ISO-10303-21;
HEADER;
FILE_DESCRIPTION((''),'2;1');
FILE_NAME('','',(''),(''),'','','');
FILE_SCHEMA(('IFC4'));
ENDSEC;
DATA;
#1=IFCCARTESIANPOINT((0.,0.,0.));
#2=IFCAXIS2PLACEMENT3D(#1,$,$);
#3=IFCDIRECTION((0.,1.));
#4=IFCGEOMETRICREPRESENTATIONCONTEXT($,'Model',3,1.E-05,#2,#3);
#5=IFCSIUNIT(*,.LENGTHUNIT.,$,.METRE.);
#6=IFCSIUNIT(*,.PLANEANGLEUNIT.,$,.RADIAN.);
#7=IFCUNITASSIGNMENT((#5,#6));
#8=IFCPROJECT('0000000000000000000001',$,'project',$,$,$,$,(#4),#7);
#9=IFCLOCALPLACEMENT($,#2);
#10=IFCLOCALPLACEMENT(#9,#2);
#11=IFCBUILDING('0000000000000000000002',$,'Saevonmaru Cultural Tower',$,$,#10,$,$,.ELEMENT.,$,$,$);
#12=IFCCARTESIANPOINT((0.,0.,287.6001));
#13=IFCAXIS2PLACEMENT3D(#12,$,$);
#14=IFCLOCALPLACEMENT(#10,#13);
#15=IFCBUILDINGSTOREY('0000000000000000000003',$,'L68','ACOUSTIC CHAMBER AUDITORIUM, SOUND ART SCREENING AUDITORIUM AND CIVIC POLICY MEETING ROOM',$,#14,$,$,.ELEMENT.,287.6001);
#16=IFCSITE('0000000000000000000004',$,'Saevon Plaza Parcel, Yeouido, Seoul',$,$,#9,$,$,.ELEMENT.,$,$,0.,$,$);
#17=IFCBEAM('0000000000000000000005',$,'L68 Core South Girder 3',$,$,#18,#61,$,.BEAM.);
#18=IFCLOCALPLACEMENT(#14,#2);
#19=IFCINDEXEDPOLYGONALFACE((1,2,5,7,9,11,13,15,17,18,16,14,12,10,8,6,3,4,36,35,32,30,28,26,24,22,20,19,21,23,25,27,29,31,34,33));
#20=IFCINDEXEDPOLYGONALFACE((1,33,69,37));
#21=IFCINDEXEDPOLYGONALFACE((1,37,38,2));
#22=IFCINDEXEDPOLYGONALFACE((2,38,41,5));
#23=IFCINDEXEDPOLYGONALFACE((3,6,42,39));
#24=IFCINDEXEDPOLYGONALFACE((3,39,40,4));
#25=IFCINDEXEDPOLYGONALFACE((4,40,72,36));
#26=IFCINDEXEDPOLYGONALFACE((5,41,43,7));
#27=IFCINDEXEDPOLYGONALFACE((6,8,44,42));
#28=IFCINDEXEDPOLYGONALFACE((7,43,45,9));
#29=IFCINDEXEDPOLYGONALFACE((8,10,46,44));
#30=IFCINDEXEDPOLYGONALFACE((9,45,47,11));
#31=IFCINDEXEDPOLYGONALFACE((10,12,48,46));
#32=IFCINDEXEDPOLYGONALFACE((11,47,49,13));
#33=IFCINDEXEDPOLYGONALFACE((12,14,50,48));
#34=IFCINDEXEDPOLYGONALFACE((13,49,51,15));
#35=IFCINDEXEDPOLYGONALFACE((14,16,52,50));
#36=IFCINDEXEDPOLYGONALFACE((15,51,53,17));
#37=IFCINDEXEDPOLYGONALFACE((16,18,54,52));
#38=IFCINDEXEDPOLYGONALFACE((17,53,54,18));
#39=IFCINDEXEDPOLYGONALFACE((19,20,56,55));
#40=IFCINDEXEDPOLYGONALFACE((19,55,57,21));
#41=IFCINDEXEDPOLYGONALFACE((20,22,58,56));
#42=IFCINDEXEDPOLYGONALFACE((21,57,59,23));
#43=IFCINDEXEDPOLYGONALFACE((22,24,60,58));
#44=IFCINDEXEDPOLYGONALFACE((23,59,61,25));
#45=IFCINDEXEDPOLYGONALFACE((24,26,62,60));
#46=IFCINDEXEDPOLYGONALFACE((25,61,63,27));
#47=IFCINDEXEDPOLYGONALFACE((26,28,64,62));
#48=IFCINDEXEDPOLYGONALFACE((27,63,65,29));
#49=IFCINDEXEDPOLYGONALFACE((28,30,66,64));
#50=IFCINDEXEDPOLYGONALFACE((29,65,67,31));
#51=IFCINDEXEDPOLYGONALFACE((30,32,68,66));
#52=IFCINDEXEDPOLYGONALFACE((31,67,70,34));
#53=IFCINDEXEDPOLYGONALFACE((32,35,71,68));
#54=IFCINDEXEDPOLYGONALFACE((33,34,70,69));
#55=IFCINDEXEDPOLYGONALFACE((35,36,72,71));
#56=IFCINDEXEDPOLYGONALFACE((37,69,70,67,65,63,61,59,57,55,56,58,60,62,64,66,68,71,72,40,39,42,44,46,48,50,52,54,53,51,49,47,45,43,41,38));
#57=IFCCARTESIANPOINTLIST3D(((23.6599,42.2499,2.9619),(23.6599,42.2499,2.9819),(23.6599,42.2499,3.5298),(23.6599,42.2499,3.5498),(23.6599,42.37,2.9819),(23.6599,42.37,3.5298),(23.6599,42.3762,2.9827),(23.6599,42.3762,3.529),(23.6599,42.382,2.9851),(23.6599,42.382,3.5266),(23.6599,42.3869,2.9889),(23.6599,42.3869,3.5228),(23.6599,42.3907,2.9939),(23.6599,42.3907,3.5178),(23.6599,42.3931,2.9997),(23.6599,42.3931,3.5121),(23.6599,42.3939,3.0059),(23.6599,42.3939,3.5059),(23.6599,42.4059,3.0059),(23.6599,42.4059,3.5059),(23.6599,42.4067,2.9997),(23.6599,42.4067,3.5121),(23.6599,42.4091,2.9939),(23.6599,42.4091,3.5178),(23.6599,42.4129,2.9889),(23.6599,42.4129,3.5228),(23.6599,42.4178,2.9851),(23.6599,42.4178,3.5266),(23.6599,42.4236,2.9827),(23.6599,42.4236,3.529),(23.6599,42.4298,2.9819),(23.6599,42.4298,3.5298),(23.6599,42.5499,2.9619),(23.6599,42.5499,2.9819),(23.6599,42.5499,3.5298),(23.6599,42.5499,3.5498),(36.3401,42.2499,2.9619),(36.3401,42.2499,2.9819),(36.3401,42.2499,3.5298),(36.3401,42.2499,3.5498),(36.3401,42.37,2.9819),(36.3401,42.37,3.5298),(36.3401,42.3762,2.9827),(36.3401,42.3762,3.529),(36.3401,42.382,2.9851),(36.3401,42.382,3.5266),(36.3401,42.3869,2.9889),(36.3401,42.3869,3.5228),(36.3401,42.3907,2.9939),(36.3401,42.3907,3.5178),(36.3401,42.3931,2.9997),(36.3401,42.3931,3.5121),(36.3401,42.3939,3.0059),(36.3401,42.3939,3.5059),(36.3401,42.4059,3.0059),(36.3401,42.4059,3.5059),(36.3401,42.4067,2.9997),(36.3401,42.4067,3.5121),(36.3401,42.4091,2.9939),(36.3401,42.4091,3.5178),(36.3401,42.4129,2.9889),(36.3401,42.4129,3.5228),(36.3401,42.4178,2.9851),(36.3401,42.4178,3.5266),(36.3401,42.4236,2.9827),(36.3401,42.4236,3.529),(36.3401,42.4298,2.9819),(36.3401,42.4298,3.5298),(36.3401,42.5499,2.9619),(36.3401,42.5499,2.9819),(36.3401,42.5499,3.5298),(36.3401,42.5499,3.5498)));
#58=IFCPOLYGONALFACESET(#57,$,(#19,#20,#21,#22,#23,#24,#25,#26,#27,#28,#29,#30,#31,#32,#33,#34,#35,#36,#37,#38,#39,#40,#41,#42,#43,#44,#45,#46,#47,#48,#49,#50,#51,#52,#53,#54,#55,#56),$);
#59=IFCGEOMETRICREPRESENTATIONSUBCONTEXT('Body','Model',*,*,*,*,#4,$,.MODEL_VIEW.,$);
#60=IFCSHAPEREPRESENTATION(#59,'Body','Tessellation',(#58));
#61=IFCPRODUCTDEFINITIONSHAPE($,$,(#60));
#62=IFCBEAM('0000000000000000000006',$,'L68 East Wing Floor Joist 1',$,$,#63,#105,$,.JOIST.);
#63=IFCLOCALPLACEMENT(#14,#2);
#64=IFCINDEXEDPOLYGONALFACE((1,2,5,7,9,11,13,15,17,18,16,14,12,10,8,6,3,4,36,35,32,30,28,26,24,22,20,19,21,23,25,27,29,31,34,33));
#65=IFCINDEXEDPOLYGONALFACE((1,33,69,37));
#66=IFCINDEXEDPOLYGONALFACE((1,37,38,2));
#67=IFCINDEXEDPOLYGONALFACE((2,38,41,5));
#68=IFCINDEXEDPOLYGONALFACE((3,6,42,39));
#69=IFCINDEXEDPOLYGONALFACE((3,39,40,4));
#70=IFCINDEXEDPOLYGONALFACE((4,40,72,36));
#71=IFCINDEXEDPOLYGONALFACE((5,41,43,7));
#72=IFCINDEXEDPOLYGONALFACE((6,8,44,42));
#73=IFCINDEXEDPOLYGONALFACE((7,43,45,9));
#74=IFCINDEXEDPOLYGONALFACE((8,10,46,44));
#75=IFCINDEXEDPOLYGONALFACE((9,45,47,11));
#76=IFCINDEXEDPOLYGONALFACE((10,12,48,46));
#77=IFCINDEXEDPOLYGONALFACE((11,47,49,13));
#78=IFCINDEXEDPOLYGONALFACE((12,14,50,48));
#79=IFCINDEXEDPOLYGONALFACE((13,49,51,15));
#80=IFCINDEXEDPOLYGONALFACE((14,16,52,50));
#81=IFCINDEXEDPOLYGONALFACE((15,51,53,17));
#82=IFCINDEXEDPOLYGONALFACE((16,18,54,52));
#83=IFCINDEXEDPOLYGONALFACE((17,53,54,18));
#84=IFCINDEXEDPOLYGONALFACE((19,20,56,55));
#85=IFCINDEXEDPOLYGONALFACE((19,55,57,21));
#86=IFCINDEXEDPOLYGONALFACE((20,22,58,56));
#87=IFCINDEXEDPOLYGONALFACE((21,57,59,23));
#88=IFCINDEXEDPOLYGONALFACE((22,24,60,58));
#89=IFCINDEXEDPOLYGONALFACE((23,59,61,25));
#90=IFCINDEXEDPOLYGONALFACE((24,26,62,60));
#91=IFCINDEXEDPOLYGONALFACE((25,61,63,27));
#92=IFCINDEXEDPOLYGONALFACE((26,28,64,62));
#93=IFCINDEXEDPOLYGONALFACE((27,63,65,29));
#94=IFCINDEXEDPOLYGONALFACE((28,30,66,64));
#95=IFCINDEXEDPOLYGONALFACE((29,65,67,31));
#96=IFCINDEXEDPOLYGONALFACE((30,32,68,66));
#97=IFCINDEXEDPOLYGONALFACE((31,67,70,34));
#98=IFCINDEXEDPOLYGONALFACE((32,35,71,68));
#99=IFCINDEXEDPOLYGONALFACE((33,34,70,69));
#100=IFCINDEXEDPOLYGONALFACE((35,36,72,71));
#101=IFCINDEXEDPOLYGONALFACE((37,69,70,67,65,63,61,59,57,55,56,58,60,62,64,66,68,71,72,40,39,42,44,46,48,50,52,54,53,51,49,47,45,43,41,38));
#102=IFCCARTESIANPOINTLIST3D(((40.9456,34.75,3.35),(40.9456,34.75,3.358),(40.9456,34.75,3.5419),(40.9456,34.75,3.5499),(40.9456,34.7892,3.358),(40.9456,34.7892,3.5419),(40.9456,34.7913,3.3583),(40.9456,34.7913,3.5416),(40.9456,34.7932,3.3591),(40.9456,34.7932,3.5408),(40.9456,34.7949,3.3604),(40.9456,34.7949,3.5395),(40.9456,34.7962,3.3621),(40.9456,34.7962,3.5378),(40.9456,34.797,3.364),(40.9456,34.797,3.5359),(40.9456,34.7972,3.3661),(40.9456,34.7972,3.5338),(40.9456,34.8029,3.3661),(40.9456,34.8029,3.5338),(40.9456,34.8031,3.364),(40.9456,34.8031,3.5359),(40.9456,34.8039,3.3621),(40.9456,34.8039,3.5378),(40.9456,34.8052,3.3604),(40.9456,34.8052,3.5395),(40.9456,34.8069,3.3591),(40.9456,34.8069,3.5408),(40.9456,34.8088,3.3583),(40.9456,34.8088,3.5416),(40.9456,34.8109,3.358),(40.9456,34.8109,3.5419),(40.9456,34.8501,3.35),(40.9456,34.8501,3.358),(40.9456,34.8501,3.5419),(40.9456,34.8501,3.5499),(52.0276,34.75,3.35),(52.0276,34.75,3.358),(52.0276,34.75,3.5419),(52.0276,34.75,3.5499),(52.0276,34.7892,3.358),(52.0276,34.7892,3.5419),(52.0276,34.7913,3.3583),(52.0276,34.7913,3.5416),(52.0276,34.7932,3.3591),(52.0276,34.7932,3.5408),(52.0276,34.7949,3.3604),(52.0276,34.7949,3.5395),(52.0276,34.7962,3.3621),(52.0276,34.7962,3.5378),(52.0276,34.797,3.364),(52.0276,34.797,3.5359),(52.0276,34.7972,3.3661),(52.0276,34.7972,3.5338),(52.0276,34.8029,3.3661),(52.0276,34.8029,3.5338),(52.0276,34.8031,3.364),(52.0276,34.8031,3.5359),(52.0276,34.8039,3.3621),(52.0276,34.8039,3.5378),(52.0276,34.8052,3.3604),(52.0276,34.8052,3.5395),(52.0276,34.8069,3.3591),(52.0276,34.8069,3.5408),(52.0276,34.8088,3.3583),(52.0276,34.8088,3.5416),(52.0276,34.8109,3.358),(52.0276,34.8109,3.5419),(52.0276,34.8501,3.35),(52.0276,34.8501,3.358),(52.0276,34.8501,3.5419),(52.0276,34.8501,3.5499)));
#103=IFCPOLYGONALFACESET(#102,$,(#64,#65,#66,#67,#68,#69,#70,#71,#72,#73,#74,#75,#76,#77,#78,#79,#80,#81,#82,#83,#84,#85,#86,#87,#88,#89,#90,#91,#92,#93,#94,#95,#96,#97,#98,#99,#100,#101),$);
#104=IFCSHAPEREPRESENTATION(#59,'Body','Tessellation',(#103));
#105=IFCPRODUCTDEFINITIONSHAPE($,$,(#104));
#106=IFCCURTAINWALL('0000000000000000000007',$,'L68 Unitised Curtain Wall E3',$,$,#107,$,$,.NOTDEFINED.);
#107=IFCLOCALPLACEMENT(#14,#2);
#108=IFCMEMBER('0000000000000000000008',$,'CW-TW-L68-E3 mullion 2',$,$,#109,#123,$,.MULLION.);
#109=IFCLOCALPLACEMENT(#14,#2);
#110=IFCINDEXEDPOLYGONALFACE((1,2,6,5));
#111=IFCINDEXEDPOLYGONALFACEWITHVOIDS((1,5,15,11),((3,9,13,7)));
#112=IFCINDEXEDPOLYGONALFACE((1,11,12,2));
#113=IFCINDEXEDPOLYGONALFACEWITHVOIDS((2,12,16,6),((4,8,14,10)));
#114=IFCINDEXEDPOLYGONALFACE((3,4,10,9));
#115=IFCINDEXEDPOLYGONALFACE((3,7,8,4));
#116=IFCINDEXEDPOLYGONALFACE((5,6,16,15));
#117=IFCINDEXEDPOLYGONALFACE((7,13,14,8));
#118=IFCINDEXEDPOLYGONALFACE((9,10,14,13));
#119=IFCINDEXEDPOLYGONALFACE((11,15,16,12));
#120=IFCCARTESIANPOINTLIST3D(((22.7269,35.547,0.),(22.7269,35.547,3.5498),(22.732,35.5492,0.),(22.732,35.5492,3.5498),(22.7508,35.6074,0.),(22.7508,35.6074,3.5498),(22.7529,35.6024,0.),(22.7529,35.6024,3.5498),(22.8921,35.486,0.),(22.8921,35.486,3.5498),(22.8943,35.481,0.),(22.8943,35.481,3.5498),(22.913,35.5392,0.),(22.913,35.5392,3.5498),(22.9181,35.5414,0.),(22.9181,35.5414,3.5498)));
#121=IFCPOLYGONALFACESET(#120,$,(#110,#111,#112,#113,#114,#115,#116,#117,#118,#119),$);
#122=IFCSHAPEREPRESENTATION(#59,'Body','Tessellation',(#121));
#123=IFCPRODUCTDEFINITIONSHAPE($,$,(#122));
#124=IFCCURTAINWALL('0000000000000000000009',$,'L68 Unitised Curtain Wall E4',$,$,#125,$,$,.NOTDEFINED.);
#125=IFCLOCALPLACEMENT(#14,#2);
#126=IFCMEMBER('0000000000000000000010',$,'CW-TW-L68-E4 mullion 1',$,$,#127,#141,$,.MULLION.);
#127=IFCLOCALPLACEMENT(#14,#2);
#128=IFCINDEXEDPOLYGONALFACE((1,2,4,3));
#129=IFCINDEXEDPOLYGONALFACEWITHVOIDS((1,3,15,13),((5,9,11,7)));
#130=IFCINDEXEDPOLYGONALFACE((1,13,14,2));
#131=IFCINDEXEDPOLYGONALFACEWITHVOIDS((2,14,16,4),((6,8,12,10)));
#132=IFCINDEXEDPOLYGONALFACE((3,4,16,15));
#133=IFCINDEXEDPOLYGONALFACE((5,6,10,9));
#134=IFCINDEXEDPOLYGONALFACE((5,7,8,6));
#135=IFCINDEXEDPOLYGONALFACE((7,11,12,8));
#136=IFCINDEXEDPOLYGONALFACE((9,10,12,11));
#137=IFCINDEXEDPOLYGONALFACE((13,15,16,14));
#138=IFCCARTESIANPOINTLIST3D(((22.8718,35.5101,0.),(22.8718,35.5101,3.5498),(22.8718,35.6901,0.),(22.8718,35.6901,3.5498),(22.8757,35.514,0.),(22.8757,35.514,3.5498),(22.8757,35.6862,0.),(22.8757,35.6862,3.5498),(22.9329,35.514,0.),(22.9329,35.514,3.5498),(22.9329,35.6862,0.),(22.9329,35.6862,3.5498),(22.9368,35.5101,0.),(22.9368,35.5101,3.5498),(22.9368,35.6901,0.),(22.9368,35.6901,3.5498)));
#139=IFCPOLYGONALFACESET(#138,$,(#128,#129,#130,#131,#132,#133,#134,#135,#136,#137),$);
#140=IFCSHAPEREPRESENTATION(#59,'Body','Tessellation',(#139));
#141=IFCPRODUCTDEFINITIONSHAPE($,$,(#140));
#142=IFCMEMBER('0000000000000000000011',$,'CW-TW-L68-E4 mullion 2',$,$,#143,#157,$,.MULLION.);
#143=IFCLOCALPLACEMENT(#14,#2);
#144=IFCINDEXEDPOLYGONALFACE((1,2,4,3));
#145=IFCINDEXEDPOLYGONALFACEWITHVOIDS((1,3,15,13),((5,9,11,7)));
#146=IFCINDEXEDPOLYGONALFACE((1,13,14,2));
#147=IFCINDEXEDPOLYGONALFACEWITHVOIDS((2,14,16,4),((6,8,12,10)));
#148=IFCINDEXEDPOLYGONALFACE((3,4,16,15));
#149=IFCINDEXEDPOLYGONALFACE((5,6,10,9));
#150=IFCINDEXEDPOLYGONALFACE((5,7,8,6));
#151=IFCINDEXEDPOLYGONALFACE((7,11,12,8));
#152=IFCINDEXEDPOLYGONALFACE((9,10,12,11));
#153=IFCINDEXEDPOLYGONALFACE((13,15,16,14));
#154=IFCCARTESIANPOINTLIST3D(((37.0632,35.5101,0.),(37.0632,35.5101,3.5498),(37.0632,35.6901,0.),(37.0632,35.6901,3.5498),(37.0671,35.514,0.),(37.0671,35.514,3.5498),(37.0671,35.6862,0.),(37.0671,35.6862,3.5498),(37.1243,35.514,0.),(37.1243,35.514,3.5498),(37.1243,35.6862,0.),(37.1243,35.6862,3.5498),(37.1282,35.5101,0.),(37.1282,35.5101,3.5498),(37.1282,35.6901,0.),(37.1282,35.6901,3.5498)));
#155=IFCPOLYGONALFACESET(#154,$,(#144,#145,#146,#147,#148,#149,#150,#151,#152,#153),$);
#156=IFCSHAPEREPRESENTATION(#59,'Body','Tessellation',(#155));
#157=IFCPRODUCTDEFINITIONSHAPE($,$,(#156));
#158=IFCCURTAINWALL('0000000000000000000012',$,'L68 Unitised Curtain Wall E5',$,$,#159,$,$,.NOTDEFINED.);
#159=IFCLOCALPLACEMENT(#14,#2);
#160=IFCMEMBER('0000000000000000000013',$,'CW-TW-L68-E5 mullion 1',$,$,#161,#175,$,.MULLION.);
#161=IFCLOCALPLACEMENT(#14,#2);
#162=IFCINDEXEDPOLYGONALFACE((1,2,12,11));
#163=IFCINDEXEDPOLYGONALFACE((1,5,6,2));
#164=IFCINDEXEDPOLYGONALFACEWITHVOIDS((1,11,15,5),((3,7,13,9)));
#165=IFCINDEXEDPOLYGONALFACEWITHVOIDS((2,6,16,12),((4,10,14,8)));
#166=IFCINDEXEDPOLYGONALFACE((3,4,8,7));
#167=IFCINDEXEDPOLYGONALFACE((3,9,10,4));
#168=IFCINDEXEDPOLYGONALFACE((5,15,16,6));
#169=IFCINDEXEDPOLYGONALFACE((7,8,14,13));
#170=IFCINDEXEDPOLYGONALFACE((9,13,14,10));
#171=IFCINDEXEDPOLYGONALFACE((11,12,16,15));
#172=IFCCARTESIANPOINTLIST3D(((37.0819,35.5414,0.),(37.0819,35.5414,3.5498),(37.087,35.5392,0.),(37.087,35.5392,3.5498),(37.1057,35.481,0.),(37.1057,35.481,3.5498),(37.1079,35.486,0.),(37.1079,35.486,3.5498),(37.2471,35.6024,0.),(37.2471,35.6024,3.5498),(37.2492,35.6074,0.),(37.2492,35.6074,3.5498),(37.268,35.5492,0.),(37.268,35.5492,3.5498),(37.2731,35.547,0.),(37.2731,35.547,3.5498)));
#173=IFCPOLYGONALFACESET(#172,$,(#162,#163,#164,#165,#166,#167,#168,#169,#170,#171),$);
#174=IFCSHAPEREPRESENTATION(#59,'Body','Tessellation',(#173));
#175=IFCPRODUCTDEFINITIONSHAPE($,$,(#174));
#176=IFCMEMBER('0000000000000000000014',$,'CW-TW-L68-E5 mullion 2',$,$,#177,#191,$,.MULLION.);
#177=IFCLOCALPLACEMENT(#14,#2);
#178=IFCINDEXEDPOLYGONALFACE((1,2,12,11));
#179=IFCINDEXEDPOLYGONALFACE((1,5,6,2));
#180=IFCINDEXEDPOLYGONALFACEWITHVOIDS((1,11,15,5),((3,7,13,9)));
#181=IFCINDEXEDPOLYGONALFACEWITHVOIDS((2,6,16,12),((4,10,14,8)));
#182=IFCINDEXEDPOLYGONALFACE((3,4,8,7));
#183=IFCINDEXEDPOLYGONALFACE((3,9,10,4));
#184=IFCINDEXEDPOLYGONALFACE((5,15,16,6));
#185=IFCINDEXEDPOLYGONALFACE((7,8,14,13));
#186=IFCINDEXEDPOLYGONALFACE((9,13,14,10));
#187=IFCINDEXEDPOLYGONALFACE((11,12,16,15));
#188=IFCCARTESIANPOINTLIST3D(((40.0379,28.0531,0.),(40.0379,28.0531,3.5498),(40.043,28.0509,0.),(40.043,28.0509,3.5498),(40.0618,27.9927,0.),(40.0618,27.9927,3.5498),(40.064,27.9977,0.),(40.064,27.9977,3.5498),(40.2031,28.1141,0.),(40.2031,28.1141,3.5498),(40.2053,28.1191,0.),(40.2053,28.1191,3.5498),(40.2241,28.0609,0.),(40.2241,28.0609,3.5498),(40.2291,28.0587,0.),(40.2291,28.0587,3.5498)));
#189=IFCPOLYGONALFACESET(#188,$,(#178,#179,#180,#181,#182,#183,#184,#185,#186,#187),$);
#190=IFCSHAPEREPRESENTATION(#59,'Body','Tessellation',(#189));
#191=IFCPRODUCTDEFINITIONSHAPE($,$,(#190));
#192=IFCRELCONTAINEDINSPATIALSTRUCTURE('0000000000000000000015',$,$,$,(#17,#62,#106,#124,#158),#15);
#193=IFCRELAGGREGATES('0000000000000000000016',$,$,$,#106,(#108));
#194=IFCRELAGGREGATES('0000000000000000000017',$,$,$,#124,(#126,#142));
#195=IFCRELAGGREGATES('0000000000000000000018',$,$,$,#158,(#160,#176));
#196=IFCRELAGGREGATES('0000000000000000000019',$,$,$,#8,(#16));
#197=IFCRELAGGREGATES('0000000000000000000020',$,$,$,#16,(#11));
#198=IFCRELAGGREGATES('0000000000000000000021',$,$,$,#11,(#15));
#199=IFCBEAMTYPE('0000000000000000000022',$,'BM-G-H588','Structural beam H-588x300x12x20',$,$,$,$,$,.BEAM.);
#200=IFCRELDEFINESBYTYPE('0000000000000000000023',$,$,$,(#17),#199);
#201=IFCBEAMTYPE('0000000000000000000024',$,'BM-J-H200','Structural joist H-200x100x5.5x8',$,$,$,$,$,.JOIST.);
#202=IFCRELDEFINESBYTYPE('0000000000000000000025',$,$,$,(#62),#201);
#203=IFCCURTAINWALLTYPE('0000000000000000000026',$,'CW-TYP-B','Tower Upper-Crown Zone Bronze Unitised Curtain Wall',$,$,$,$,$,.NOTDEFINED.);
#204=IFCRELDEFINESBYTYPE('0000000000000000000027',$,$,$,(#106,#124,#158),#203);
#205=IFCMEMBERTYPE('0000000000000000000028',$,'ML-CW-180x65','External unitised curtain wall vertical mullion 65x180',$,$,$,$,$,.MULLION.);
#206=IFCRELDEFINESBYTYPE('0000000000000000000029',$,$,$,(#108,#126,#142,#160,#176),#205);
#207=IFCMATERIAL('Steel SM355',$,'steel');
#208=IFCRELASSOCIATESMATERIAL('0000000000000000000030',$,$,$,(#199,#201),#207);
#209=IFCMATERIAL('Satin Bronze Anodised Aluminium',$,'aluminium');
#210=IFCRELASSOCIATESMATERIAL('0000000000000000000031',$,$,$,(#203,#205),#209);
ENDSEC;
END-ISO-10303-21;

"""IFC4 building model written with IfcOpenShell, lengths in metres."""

from ifc_helpers import new_model, si_unit, direction, frame, origin, origin_2d, place, context, subcontext, project, spatial, hollow_rectangle, i_section, extrude, material, material_profile, profile_set, type_object, element, aggregate, save


model = new_model("IFC4")

# Units and contexts
model_context = context("Model", 3, precision=1e-05, world=origin(), true_north=direction((0.0, 1.0)))
body_context = subcontext(model_context, "Body", "Model", "MODEL_VIEW")
ifc_project = project(units=[si_unit("LENGTHUNIT", "METRE"), si_unit("PLANEANGLEUNIT", "RADIAN")], contexts=[model_context])

# Site, building, storey
site_placement = place(None, origin())
site = spatial("IfcSite", under=ifc_project, at=site_placement, Name="Saevon Plaza Parcel, Yeouido, Seoul", CompositionType="ELEMENT", RefElevation=0.0)
building_placement = place(site_placement, origin())
building = spatial("IfcBuilding", under=site, at=building_placement, Name="Saevonmaru Cultural Tower", CompositionType="ELEMENT")
storey_placement = place(building_placement, frame((0.0, 0.0, 287.6001)))
storey = spatial("IfcBuildingStorey", under=building, at=storey_placement, Name="L68", Description="ACOUSTIC CHAMBER AUDITORIUM, SOUND ART SCREENING AUDITORIUM AND CIVIC POLICY MEETING ROOM", CompositionType="ELEMENT", Elevation=287.6001)

# Shared definitions
ifc_material_1 = material(Name="Steel SM355", Category="steel")

# Beams
ifc_material_profile_1 = material_profile(ifc_material_1, i_section(OverallWidth=0.3, OverallDepth=0.5879, WebThickness=0.012, FlangeThickness=0.02, FilletRadius=0.0239, at=origin_2d()), Name="H-588x300x12x20")
ifc_profile_set_1 = profile_set([ifc_material_profile_1], Name="Steel SM355")
beam_type_1 = type_object("IfcBeamType", Name="BM-G-H588", Description="Structural beam H-588x300x12x20", PredefinedType="BEAM", material=ifc_profile_set_1)
beam_1_placement = place(storey_placement, frame((23.6599, 42.3999, 3.2559), z_axis=(1.0, 0.0, 0.0), x_axis=(0.0, 1.0, 0.0)))
element("IfcBeam", 1, at=beam_1_placement, inside=storey, type_object=beam_type_1, Name="L68 Core South Girder 3", PredefinedType="BEAM", context=body_context, shape_type="SweptSolid", body=[
    extrude(i_section(OverallWidth=0.3, OverallDepth=0.5879, WebThickness=0.012, FlangeThickness=0.02, FilletRadius=0.0239, at=origin_2d()), origin(), (0.0, 0.0, 1.0), 12.6802),
])
ifc_material_profile_2 = material_profile(ifc_material_1, i_section(OverallWidth=0.1001, OverallDepth=0.2, WebThickness=0.0056, FlangeThickness=0.0081, FilletRadius=0.0081, at=origin_2d()), Name="H-200x100x5.5x8")
ifc_profile_set_2 = profile_set([ifc_material_profile_2], Name="Steel SM355")
beam_type_2 = type_object("IfcBeamType", Name="BM-J-H200", Description="Structural joist H-200x100x5.5x8", PredefinedType="JOIST", material=ifc_profile_set_2)
beam_2_placement = place(storey_placement, frame((40.9456, 34.8, 3.45), z_axis=(1.0, 0.0, 0.0), x_axis=(0.0, 1.0, 0.0)))
element("IfcBeam", 2, at=beam_2_placement, inside=storey, type_object=beam_type_2, Name="L68 East Wing Floor Joist 1", PredefinedType="JOIST", context=body_context, shape_type="SweptSolid", body=[
    extrude(i_section(OverallWidth=0.1001, OverallDepth=0.2, WebThickness=0.0056, FlangeThickness=0.0081, FilletRadius=0.0081, at=origin_2d()), origin(), (0.0, 0.0, 1.0), 11.082),
])

# Curtain wall, member
ifc_material_2 = material(Name="Satin Bronze Anodised Aluminium", Category="aluminium")
curtain_wall_type = type_object("IfcCurtainWallType", Name="CW-TYP-B", Description="Tower Upper-Crown Zone Bronze Unitised Curtain Wall", PredefinedType="NOTDEFINED", material=ifc_material_2)
curtain_wall_1_placement = place(storey_placement, origin())
curtain_wall_1 = element("IfcCurtainWall", 3, at=curtain_wall_1_placement, inside=storey, type_object=curtain_wall_type, Name="L68 Unitised Curtain Wall E3", PredefinedType="NOTDEFINED")
ifc_material_profile_3 = material_profile(ifc_material_2, hollow_rectangle(XDim=0.0649, YDim=0.1799, WallThickness=0.0039, at=origin_2d()), Name="ALU-MULL-180x65x4")
ifc_profile_set_3 = profile_set([ifc_material_profile_3], Name="Satin Bronze Anodised Aluminium")
member_type_1 = type_object("IfcMemberType", Name="ML-CW-180x65", Description="External unitised curtain wall vertical mullion 65x180", PredefinedType="MULLION", material=ifc_profile_set_3)
member_1_placement = place(storey_placement, frame((22.8225, 35.5442, 0.0), z_axis=(0.0, 0.0, 1.0), x_axis=(0.367172, 0.930153, 0.0)))
member_1 = element("IfcMember", 4, at=member_1_placement, type_object=member_type_1, Name="CW-TW-L68-E3 mullion 2", PredefinedType="MULLION", context=body_context, shape_type="SweptSolid", body=[
    extrude(hollow_rectangle(XDim=0.0649, YDim=0.1799, WallThickness=0.0039, at=origin_2d()), origin(), (0.0, 0.0, 1.0), 3.5498),
])

# Curtain walls, members
curtain_wall_2_placement = place(storey_placement, origin())
curtain_wall_2 = element("IfcCurtainWall", 5, at=curtain_wall_2_placement, inside=storey, type_object=curtain_wall_type, Name="L68 Unitised Curtain Wall E4", PredefinedType="NOTDEFINED")
member_2_placement = place(storey_placement, frame((22.9043, 35.6001, 0.0), z_axis=(0.0, 0.0, 1.0), x_axis=(1.0, 0.0, 0.0)))
member_2 = element("IfcMember", 6, at=member_2_placement, type_object=member_type_1, Name="CW-TW-L68-E4 mullion 1", PredefinedType="MULLION", context=body_context, shape_type="SweptSolid", body=[
    extrude(hollow_rectangle(XDim=0.0649, YDim=0.1799, WallThickness=0.0039, at=origin_2d()), origin(), (0.0, 0.0, 1.0), 3.5498),
])
member_3_placement = place(storey_placement, frame((37.0957, 35.6001, 0.0), z_axis=(0.0, 0.0, 1.0), x_axis=(1.0, 0.0, 0.0)))
member_3 = element("IfcMember", 7, at=member_3_placement, type_object=member_type_1, Name="CW-TW-L68-E4 mullion 2", PredefinedType="MULLION", context=body_context, shape_type="SweptSolid", body=[
    extrude(hollow_rectangle(XDim=0.0649, YDim=0.1799, WallThickness=0.0039, at=origin_2d()), origin(), (0.0, 0.0, 1.0), 3.5498),
])
curtain_wall_3_placement = place(storey_placement, origin())
curtain_wall_3 = element("IfcCurtainWall", 8, at=curtain_wall_3_placement, inside=storey, type_object=curtain_wall_type, Name="L68 Unitised Curtain Wall E5", PredefinedType="NOTDEFINED")
member_4_placement = place(storey_placement, frame((37.1775, 35.5442, 0.0), z_axis=(0.0, 0.0, 1.0), x_axis=(0.367172, -0.930153, 0.0)))
member_4 = element("IfcMember", 9, at=member_4_placement, type_object=member_type_1, Name="CW-TW-L68-E5 mullion 1", PredefinedType="MULLION", context=body_context, shape_type="SweptSolid", body=[
    extrude(hollow_rectangle(XDim=0.0649, YDim=0.1799, WallThickness=0.0039, at=origin_2d()), origin(), (0.0, 0.0, 1.0), 3.5498),
])
member_5_placement = place(storey_placement, frame((40.1335, 28.0559, 0.0), z_axis=(0.0, 0.0, 1.0), x_axis=(0.367172, -0.930153, 0.0)))
member_5 = element("IfcMember", 10, at=member_5_placement, type_object=member_type_1, Name="CW-TW-L68-E5 mullion 2", PredefinedType="MULLION", context=body_context, shape_type="SweptSolid", body=[
    extrude(hollow_rectangle(XDim=0.0649, YDim=0.1799, WallThickness=0.0039, at=origin_2d()), origin(), (0.0, 0.0, 1.0), 3.5498),
])

aggregate(curtain_wall_1, [member_1])
aggregate(curtain_wall_2, [member_2, member_3])
aggregate(curtain_wall_3, [member_4, member_5])

save(model, "model.ifc")
